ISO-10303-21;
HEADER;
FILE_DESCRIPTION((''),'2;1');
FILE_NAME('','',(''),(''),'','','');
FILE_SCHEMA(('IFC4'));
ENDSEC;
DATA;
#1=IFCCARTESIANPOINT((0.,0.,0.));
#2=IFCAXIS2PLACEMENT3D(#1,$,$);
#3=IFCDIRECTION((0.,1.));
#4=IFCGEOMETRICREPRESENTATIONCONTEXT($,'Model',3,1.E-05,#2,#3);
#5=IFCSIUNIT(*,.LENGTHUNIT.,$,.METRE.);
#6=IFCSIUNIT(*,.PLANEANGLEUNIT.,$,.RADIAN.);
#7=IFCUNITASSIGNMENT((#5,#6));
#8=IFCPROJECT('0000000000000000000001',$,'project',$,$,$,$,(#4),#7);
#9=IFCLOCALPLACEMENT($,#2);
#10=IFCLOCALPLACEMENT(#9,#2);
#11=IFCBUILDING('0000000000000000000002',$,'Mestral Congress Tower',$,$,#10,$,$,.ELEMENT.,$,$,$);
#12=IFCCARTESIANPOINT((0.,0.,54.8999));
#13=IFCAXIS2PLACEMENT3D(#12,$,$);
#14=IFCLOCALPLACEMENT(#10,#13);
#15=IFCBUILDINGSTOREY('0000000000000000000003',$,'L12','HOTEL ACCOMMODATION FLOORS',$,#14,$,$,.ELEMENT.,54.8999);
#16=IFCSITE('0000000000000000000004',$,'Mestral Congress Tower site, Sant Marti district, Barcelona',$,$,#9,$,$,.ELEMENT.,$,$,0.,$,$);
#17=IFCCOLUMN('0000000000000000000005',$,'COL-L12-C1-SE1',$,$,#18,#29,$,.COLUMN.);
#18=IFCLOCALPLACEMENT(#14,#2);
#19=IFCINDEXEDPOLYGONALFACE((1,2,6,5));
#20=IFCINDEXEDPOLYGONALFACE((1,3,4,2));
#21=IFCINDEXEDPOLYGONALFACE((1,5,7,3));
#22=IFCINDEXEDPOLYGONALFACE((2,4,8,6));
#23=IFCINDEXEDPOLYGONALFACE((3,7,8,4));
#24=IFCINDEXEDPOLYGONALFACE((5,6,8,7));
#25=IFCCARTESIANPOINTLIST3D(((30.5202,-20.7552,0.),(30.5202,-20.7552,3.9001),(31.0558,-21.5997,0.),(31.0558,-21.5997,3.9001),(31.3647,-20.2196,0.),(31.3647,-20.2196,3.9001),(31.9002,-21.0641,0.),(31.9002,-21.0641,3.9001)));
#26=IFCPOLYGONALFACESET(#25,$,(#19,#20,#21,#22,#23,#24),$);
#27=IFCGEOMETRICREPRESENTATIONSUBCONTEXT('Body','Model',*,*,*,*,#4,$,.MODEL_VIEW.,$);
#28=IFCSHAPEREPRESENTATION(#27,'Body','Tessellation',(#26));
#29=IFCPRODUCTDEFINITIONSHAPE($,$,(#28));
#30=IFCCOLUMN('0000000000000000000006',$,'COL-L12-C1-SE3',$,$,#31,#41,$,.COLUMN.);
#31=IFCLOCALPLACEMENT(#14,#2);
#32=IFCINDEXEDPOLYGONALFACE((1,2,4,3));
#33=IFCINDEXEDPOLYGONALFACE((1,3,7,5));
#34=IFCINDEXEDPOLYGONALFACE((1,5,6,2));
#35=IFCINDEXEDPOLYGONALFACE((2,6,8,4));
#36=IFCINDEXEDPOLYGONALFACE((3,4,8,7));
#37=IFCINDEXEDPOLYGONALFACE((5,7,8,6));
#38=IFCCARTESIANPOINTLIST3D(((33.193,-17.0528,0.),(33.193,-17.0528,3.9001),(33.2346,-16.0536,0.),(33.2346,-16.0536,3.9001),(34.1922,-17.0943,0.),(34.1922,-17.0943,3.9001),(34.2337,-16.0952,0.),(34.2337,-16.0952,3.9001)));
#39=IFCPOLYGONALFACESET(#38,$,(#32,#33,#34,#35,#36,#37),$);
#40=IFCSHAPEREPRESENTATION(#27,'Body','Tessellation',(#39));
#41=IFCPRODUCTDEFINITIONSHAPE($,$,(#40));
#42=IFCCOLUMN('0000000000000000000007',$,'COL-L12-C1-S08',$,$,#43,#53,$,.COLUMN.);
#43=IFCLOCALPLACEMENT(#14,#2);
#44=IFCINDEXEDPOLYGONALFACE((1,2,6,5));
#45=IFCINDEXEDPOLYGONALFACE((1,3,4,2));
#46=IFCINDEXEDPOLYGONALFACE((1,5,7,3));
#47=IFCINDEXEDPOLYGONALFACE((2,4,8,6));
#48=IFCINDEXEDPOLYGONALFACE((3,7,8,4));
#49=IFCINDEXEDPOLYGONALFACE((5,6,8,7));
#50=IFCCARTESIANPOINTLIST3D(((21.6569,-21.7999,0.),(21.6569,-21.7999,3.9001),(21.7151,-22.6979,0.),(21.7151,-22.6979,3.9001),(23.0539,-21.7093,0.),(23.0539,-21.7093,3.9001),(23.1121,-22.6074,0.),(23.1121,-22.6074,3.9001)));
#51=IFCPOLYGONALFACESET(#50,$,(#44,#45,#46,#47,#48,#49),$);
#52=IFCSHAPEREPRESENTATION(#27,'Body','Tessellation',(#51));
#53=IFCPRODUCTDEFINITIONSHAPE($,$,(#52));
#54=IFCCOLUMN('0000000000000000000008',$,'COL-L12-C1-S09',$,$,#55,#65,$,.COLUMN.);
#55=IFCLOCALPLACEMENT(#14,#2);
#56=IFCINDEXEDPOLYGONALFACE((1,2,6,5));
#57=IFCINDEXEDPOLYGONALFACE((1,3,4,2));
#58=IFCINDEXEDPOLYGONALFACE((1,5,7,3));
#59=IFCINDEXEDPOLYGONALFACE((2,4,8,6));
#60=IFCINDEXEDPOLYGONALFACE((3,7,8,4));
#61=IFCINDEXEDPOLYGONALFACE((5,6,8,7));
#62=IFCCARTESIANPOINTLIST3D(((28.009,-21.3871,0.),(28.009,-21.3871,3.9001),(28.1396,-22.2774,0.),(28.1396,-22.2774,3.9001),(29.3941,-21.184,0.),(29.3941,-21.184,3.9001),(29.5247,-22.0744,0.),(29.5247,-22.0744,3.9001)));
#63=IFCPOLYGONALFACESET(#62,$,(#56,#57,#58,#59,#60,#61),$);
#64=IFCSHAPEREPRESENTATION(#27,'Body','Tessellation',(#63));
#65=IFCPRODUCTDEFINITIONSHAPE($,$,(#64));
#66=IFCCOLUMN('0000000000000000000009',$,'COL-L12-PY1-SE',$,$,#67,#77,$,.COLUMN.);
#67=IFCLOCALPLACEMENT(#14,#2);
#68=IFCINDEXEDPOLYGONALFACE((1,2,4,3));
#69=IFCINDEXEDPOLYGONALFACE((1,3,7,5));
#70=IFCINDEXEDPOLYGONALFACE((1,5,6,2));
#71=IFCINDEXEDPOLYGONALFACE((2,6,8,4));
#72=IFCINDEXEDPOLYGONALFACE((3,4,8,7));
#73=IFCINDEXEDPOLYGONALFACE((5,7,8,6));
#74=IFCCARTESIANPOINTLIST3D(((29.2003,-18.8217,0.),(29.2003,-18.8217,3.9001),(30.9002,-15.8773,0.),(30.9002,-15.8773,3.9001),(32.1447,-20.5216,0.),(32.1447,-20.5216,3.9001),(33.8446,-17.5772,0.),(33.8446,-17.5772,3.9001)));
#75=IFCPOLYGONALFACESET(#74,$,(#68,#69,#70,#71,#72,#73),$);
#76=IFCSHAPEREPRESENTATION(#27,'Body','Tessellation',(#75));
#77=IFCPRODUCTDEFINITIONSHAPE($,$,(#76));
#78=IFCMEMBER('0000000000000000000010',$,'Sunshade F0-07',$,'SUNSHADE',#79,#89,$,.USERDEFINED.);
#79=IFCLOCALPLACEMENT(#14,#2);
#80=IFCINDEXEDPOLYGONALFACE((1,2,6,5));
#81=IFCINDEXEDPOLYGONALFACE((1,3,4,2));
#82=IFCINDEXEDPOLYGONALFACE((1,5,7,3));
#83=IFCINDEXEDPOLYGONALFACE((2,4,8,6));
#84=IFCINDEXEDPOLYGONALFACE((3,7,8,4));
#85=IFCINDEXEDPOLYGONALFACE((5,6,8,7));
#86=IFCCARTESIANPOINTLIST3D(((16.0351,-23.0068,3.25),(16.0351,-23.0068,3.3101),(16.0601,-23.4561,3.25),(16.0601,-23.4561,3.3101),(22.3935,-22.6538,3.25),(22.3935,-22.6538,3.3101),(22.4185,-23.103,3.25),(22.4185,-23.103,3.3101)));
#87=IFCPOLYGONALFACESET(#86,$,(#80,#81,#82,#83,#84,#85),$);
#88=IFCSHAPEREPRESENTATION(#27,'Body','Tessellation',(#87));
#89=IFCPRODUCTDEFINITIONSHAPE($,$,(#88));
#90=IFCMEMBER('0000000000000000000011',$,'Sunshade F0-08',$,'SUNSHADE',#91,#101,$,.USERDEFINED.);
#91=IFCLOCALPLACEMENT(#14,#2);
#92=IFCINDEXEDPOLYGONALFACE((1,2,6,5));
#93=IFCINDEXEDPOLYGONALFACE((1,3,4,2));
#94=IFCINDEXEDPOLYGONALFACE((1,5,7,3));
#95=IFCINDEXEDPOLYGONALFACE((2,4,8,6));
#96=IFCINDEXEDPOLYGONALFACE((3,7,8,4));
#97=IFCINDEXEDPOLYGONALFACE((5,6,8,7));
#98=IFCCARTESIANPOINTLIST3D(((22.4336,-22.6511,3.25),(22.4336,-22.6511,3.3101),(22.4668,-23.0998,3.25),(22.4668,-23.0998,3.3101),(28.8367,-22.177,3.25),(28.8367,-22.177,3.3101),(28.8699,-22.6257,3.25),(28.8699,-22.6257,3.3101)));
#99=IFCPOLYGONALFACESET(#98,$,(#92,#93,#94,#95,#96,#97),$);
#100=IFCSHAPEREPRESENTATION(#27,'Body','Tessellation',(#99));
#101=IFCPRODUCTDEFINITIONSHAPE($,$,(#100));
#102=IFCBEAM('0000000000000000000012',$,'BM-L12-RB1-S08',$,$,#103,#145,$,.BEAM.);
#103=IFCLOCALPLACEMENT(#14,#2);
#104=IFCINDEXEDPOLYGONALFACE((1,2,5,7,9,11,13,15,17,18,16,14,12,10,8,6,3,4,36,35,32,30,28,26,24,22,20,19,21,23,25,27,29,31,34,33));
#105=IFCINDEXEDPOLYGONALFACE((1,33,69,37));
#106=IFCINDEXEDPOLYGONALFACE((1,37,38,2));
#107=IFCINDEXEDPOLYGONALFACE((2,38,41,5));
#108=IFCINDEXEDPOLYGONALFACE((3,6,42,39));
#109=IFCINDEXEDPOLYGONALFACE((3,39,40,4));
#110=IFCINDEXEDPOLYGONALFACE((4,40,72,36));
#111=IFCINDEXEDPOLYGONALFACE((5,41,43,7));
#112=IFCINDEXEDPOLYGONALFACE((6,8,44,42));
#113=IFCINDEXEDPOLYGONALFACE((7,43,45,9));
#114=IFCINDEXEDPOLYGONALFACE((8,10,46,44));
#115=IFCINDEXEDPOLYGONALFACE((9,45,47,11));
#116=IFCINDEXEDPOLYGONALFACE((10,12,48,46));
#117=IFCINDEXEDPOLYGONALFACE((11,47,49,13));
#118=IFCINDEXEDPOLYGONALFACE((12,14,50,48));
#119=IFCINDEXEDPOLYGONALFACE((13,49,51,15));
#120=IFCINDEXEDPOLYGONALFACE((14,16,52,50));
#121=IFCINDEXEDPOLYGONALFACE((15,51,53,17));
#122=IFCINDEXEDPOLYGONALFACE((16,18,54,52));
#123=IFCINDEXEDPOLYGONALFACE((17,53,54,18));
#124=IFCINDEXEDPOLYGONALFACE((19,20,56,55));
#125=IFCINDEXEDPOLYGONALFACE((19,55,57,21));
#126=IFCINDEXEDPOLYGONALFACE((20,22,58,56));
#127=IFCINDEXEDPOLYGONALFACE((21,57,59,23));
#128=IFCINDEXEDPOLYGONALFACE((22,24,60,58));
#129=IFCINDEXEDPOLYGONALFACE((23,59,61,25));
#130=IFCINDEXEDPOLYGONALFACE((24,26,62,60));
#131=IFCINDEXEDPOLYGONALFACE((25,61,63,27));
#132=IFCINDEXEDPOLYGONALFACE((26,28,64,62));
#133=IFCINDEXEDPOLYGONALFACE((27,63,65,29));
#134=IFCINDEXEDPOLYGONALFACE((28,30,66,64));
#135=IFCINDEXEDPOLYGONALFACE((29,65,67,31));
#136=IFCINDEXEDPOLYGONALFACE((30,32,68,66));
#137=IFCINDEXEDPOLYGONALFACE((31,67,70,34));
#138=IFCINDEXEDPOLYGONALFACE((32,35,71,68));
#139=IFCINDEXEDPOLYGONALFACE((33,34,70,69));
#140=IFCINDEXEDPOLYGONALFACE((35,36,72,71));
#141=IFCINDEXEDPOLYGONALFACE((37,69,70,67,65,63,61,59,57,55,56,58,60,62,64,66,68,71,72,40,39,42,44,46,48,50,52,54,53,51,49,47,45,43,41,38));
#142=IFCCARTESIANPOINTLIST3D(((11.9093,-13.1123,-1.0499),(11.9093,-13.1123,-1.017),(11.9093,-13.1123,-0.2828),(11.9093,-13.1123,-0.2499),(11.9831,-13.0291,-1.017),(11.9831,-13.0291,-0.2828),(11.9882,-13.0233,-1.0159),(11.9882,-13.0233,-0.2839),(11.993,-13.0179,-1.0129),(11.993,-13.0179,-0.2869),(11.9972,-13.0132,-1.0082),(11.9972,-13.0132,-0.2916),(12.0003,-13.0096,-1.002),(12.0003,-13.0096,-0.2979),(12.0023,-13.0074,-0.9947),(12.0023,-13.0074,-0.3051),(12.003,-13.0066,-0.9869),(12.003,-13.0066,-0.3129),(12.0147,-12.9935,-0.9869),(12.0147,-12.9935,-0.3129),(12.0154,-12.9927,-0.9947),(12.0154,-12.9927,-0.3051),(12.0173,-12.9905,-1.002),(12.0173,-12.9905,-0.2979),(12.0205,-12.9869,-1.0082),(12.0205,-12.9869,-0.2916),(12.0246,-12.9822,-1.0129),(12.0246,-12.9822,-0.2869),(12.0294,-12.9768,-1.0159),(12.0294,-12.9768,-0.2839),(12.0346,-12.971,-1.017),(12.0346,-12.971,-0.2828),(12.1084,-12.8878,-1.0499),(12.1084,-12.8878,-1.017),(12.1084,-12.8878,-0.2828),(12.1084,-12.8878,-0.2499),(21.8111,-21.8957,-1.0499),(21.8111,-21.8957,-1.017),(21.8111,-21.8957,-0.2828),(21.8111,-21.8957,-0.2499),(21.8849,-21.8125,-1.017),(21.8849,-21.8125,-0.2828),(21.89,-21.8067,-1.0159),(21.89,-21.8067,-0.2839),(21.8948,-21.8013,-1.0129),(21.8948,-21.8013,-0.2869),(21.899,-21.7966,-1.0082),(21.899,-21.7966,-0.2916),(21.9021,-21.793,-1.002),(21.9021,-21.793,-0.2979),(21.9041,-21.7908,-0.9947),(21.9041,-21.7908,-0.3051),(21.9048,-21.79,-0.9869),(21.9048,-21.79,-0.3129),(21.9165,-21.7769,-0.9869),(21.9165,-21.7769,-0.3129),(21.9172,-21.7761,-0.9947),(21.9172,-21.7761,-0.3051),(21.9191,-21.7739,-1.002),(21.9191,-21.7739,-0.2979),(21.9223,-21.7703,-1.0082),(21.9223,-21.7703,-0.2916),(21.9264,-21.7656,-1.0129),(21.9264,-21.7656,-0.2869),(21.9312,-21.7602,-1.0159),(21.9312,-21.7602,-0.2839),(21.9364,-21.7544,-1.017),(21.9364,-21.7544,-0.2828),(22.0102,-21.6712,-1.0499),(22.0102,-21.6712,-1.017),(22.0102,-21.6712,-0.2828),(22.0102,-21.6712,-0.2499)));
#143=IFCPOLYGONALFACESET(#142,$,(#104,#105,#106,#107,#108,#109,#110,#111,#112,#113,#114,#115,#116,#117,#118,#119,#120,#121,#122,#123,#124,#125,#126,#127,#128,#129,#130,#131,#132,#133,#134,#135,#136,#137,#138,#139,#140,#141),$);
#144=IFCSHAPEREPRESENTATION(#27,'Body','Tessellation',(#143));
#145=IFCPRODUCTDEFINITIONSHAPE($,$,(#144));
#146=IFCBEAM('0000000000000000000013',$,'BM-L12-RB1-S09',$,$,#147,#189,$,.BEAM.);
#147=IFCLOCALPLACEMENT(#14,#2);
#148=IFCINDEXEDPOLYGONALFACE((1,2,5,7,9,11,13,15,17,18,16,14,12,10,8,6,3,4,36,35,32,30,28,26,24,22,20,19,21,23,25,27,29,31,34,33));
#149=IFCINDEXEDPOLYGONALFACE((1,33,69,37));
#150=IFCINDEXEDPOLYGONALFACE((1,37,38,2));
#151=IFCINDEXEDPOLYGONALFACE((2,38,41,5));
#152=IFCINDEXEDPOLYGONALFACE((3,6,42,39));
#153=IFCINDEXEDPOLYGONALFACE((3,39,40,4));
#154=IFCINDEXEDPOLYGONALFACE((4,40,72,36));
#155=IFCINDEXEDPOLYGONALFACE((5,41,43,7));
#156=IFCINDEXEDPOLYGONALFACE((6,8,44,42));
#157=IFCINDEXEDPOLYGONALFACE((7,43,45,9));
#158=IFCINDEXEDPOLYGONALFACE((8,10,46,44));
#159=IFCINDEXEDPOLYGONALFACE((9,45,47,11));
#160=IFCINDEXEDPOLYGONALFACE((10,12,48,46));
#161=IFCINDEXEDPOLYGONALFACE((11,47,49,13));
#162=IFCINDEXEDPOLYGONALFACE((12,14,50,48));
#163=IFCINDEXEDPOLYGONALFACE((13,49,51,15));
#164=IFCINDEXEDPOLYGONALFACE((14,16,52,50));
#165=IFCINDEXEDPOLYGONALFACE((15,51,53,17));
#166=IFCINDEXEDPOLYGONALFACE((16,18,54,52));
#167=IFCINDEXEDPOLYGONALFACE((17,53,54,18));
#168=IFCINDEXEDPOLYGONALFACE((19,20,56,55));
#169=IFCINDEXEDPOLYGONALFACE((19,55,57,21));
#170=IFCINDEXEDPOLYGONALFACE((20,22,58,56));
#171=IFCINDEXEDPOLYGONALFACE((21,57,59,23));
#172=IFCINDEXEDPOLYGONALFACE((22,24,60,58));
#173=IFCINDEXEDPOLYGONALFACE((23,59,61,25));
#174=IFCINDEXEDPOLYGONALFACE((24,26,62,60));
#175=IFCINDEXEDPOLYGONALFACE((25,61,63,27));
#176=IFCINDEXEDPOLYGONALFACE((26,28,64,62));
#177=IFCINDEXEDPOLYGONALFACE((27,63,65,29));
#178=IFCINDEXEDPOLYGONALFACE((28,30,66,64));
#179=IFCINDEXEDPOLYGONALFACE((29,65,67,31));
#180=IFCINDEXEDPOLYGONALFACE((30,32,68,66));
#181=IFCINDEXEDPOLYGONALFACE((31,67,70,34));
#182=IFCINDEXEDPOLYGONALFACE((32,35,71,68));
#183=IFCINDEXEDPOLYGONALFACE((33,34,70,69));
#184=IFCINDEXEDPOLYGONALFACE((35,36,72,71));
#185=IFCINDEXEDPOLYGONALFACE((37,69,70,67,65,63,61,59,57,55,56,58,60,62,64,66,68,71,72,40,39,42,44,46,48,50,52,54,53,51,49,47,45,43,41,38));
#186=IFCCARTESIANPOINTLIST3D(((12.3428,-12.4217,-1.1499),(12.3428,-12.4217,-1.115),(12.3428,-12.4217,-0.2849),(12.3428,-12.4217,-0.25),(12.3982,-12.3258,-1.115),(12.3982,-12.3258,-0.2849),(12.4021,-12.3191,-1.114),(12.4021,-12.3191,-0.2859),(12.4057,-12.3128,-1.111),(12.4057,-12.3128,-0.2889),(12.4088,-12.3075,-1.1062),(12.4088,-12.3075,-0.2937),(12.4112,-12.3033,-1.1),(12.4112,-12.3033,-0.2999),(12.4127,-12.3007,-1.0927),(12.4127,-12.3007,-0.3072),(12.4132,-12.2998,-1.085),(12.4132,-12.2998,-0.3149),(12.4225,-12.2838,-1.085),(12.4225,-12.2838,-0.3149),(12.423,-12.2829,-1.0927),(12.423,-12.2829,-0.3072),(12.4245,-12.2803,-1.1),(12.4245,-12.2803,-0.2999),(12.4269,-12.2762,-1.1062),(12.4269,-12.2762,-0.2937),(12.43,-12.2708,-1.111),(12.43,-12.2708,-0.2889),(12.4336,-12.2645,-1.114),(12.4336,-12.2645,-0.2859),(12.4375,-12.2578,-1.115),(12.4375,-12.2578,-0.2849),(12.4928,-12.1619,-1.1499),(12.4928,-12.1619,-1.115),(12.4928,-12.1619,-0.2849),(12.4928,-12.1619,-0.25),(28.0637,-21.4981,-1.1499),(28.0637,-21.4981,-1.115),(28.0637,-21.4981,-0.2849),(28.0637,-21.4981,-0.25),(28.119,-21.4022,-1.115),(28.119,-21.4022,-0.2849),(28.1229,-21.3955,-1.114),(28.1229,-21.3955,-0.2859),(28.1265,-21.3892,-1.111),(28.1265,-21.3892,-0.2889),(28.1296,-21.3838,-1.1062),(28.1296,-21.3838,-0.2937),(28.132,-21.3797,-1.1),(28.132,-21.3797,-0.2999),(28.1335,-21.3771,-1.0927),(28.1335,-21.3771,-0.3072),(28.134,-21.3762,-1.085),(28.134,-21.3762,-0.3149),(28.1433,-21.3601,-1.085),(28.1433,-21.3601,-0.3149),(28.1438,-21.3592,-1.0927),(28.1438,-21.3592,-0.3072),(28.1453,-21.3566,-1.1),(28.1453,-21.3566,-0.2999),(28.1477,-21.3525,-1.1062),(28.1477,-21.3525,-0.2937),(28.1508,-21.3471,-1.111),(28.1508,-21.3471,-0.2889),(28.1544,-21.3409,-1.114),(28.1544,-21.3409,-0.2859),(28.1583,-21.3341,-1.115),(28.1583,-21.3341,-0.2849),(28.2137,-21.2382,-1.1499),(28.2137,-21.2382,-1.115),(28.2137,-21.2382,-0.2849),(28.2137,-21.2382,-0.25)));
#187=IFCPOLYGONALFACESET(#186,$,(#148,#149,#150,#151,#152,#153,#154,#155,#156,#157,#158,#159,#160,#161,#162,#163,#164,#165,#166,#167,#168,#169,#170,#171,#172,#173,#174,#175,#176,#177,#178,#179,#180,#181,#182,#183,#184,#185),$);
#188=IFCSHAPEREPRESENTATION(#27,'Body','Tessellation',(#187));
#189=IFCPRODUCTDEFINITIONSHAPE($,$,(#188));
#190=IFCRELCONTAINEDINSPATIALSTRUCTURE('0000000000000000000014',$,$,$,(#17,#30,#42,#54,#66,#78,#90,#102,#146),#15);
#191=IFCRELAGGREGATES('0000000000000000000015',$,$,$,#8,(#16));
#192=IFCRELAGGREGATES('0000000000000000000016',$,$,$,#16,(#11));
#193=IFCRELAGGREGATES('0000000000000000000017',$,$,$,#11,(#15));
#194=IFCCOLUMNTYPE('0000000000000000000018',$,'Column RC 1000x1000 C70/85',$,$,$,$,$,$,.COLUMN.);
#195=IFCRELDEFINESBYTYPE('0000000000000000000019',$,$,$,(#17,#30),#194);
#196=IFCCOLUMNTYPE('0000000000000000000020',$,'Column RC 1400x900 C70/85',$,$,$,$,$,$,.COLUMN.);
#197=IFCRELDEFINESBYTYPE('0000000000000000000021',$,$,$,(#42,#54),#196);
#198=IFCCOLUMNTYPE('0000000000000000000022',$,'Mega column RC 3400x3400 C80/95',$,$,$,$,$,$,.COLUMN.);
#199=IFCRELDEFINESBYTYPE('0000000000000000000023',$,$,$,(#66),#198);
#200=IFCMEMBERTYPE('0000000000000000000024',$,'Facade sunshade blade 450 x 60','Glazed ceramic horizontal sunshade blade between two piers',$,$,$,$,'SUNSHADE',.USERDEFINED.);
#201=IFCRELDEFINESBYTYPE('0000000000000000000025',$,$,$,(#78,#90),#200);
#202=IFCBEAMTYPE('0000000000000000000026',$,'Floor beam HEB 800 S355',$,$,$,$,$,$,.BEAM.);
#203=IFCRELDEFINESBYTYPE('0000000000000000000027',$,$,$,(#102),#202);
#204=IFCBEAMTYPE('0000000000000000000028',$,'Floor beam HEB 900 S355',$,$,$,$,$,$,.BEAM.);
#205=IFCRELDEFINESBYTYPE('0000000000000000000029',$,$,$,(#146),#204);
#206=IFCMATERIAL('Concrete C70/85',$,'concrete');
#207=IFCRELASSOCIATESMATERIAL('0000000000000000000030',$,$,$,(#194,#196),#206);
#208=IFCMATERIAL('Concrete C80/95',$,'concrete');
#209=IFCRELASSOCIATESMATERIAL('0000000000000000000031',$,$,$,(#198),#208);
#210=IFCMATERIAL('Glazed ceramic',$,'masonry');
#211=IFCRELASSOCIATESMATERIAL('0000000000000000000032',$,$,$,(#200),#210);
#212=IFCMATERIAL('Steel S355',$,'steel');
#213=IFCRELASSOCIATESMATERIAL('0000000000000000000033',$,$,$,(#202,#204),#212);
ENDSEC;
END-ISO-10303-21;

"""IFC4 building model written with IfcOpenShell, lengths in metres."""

from ifc_helpers import new_model, si_unit, direction, frame, origin, origin_2d, place, context, subcontext, project, spatial, rectangle, i_section, extrude, material, material_profile, profile_set, type_object, element, save


model = new_model("IFC4")

# Units and contexts
model_context = context("Model", 3, precision=1e-05, world=origin(), true_north=direction((0.0, 1.0)))
body_context = subcontext(model_context, "Body", "Model", "MODEL_VIEW")
ifc_project = project(units=[si_unit("LENGTHUNIT", "METRE"), si_unit("PLANEANGLEUNIT", "RADIAN")], contexts=[model_context])

# Site, building, storey
site_placement = place(None, origin())
site = spatial("IfcSite", under=ifc_project, at=site_placement, Name="Mestral Congress Tower site, Sant Marti district, Barcelona", CompositionType="ELEMENT", RefElevation=0.0)
building_placement = place(site_placement, origin())
building = spatial("IfcBuilding", under=site, at=building_placement, Name="Mestral Congress Tower", CompositionType="ELEMENT")
storey_placement = place(building_placement, frame((0.0, 0.0, 54.8999)))
storey = spatial("IfcBuildingStorey", under=building, at=storey_placement, Name="L12", Description="HOTEL ACCOMMODATION FLOORS", CompositionType="ELEMENT", Elevation=54.8999)

# Columns
ifc_material_1 = material(Name="Concrete C70/85", Category="concrete")
ifc_material_profile_1 = material_profile(ifc_material_1, rectangle(XDim=1.0, YDim=1.0, at=origin_2d()), Name="RC 1000x1000")
ifc_profile_set_1 = profile_set([ifc_material_profile_1], Name="Concrete C70/85")
column_type_1 = type_object("IfcColumnType", Name="Column RC 1000x1000 C70/85", PredefinedType="COLUMN", material=ifc_profile_set_1)
for number, where, z_axis, x_axis, name in (
    (1, (31.2102, -20.9097, 0.0), (0.0, 0.0, 1.0), (0.844485, 0.535579, 0.0), "COL-L12-C1-SE1"),
    (2, (33.7134, -16.574, 0.0), (0.0, 0.0, 1.0), (0.041583, 0.999135, 0.0), "COL-L12-C1-SE3"),
):
    element("IfcColumn", number, at=place(storey_placement, frame(where, z_axis=z_axis, x_axis=x_axis)), inside=storey, type_object=column_type_1, Name=name, PredefinedType="COLUMN", context=body_context, shape_type="SweptSolid", body=[
        extrude(rectangle(XDim=1.0, YDim=1.0, at=origin_2d()), origin(), (0.0, 0.0, 1.0), 3.9001),
    ])
ifc_material_profile_2 = material_profile(ifc_material_1, rectangle(XDim=1.3999, YDim=0.8999, at=origin_2d()), Name="RC 1400x900")
ifc_profile_set_2 = profile_set([ifc_material_profile_2], Name="Concrete C70/85")
column_type_2 = type_object("IfcColumnType", Name="Column RC 1400x900 C70/85", PredefinedType="COLUMN", material=ifc_profile_set_2)
for number, where, z_axis, x_axis, name in (
    (3, (22.3845, -22.2036, 0.0), (0.0, 0.0, 1.0), (0.997908, 0.064658, 0.0), "COL-L12-C1-S08"),
    (4, (28.7668, -21.7307, 0.0), (0.0, 0.0, 1.0), (0.989424, 0.145056, 0.0), "COL-L12-C1-S09"),
):
    element("IfcColumn", number, at=place(storey_placement, frame(where, z_axis=z_axis, x_axis=x_axis)), inside=storey, type_object=column_type_2, Name=name, PredefinedType="COLUMN", context=body_context, shape_type="SweptSolid", body=[
        extrude(rectangle(XDim=1.3999, YDim=0.8999, at=origin_2d()), origin(), (0.0, 0.0, 1.0), 3.9001),
    ])
ifc_material_2 = material(Name="Concrete C80/95", Category="concrete")
ifc_material_profile_3 = material_profile(ifc_material_2, rectangle(XDim=3.3999, YDim=3.3999, at=origin_2d()), Name="RC 3400x3400")
ifc_profile_set_3 = profile_set([ifc_material_profile_3], Name="Concrete C80/95")
column_type_3 = type_object("IfcColumnType", Name="Mega column RC 3400x3400 C80/95", PredefinedType="COLUMN", material=ifc_profile_set_3)
column_placement = place(storey_placement, frame((31.5225, -18.1995, 0.0), z_axis=(0.0, 0.0, 1.0), x_axis=(0.866025, -0.5, 0.0)))
element("IfcColumn", 5, at=column_placement, inside=storey, type_object=column_type_3, Name="COL-L12-PY1-SE", PredefinedType="COLUMN", context=body_context, shape_type="SweptSolid", body=[
    extrude(rectangle(XDim=3.3999, YDim=3.3999, at=origin_2d()), origin(), (0.0, 0.0, 1.0), 3.9001),
])

# Members
ifc_material_3 = material(Name="Glazed ceramic", Category="masonry")
ifc_material_profile_4 = material_profile(ifc_material_3, rectangle(XDim=0.45, YDim=0.0601, at=origin_2d()), Name="Ceramic blade 450 x 60")
ifc_profile_set_4 = profile_set([ifc_material_profile_4], Name="Glazed ceramic")
member_type = type_object("IfcMemberType", Name="Facade sunshade blade 450 x 60", Description="Glazed ceramic horizontal sunshade blade between two piers", ElementType="SUNSHADE", PredefinedType="USERDEFINED", material=ifc_profile_set_4)
member_1_placement = place(storey_placement, frame((16.0476, -23.2314, 3.28), z_axis=(0.998462, 0.055436, 0.0), x_axis=(-0.055436, 0.998462, 0.0)))
element("IfcMember", 6, at=member_1_placement, inside=storey, type_object=member_type, Name="Sunshade F0-07", ObjectType="SUNSHADE", PredefinedType="USERDEFINED", context=body_context, shape_type="SweptSolid", body=[
    extrude(rectangle(XDim=0.45, YDim=0.0601, at=origin_2d()), origin(), (0.0, 0.0, 1.0), 6.3682),
])
member_2_placement = place(storey_placement, frame((22.4502, -22.8755, 3.28), z_axis=(0.99727, 0.073844, 0.0), x_axis=(-0.073844, 0.99727, 0.0)))
element("IfcMember", 7, at=member_2_placement, inside=storey, type_object=member_type, Name="Sunshade F0-08", ObjectType="SUNSHADE", PredefinedType="USERDEFINED", context=body_context, shape_type="SweptSolid", body=[
    extrude(rectangle(XDim=0.45, YDim=0.0601, at=origin_2d()), origin(), (0.0, 0.0, 1.0), 6.4207),
])

# Beams
ifc_material_4 = material(Name="Steel S355", Category="steel")
ifc_material_profile_5 = material_profile(ifc_material_4, i_section(OverallWidth=0.3, OverallDepth=0.8, WebThickness=0.0176, FlangeThickness=0.033, FilletRadius=0.03, at=origin_2d()), Name="HEB 800")
ifc_profile_set_5 = profile_set([ifc_material_profile_5], Name="Steel S355")
beam_type_1 = type_object("IfcBeamType", Name="Floor beam HEB 800 S355", PredefinedType="BEAM", material=ifc_profile_set_5)
beam_1_placement = place(storey_placement, frame((21.9106, -21.7834, -0.6499), z_axis=(-0.748092, 0.663595, 0.0), x_axis=(-0.663595, -0.748092, 0.0)))
element("IfcBeam", 8, at=beam_1_placement, inside=storey, type_object=beam_type_1, Name="BM-L12-RB1-S08", PredefinedType="BEAM", context=body_context, shape_type="SweptSolid", body=[
    extrude(i_section(OverallWidth=0.3, OverallDepth=0.8, WebThickness=0.0176, FlangeThickness=0.033, FilletRadius=0.03, at=origin_2d()), origin(), (0.0, 0.0, 1.0), 13.2361),
])
ifc_material_profile_6 = material_profile(ifc_material_4, i_section(OverallWidth=0.3, OverallDepth=0.8999, WebThickness=0.0186, FlangeThickness=0.0349, FilletRadius=0.03, at=origin_2d()), Name="HEB 900")
ifc_profile_set_6 = profile_set([ifc_material_profile_6], Name="Steel S355")
beam_type_2 = type_object("IfcBeamType", Name="Floor beam HEB 900 S355", PredefinedType="BEAM", material=ifc_profile_set_6)
beam_2_placement = place(storey_placement, frame((28.1387, -21.3682, -0.7), z_axis=(-0.866027, 0.499997, 0.0), x_axis=(-0.499997, -0.866027, 0.0)))
element("IfcBeam", 9, at=beam_2_placement, inside=storey, type_object=beam_type_2, Name="BM-L12-RB1-S09", PredefinedType="BEAM", context=body_context, shape_type="SweptSolid", body=[
    extrude(i_section(OverallWidth=0.3, OverallDepth=0.8999, WebThickness=0.0186, FlangeThickness=0.0349, FilletRadius=0.03, at=origin_2d()), origin(), (0.0, 0.0, 1.0), 18.1528),
])

save(model, "model.ifc")
